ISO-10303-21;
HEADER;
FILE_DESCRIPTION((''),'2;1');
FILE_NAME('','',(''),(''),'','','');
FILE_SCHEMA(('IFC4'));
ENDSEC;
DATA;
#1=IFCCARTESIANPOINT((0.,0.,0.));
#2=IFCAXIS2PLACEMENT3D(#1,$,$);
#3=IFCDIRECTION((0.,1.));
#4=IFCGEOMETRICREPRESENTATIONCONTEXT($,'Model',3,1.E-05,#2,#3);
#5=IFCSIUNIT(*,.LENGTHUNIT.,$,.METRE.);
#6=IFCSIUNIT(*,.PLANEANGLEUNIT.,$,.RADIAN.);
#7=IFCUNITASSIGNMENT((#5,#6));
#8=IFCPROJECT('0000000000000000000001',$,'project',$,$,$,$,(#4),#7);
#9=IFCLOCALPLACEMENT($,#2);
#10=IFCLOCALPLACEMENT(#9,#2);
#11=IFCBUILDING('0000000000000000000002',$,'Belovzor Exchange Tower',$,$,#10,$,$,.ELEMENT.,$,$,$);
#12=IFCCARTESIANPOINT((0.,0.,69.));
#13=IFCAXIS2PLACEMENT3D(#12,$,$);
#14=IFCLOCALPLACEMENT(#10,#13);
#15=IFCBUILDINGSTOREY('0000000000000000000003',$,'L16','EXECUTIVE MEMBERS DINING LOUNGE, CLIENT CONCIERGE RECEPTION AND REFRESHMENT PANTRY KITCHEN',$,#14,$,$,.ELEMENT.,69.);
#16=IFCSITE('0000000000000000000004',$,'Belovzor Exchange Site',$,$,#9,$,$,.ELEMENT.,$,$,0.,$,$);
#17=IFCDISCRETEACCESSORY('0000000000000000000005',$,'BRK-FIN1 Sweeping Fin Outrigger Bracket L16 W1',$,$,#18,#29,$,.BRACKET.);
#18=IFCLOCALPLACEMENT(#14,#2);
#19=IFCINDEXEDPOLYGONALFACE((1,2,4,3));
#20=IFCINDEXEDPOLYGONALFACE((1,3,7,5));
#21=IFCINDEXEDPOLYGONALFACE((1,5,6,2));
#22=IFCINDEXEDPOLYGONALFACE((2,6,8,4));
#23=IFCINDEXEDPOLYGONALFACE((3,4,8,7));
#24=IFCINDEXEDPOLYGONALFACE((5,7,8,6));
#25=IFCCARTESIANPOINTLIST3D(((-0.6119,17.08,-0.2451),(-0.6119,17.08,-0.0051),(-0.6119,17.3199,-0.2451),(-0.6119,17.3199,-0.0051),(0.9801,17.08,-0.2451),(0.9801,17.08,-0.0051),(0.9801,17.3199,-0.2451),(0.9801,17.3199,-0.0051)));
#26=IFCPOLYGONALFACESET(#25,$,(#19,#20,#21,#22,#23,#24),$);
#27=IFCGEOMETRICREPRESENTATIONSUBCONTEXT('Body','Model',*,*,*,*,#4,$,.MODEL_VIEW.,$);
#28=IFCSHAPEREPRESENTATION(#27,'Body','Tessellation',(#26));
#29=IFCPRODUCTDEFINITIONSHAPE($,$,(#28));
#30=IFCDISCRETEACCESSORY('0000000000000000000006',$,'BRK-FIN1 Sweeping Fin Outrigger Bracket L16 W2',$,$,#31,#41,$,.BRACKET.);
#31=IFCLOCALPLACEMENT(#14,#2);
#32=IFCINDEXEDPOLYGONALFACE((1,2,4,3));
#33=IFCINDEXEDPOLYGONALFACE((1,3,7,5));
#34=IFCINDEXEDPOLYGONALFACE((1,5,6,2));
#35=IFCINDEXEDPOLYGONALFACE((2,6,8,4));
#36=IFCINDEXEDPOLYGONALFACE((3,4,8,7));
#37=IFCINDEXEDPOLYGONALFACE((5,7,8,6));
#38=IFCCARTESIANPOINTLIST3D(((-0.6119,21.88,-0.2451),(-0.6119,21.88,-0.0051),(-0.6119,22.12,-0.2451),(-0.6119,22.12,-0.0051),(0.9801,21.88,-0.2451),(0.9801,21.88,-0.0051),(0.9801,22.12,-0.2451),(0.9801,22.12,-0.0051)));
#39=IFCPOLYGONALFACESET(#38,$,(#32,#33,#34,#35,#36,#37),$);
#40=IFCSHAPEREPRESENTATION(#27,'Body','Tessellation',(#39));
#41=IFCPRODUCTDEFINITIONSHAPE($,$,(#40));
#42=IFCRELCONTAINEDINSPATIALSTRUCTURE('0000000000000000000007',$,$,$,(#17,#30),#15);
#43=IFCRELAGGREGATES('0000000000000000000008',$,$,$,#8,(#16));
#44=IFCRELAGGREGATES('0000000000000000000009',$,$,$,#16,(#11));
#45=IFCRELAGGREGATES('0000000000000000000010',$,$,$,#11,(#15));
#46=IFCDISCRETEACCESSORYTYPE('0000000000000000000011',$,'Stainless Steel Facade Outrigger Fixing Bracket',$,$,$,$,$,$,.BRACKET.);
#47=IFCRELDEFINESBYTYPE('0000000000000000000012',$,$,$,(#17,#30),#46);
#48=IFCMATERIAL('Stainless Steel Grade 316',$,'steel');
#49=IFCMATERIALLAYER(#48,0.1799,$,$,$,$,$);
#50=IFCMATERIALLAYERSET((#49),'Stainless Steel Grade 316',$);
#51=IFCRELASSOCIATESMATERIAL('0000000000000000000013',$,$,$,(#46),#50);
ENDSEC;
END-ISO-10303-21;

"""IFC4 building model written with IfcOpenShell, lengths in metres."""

from ifc_helpers import new_model, si_unit, direction, frame, origin, origin_2d, place, context, subcontext, project, spatial, rectangle, extrude, material, layer, layer_set, type_object, element, save


model = new_model("IFC4")

# Units and contexts
model_context = context("Model", 3, precision=1e-05, world=origin(), true_north=direction((0.0, 1.0)))
body_context = subcontext(model_context, "Body", "Model", "MODEL_VIEW")
ifc_project = project(units=[si_unit("LENGTHUNIT", "METRE"), si_unit("PLANEANGLEUNIT", "RADIAN")], contexts=[model_context])

# Site, building, storey
site_placement = place(None, origin())
site = spatial("IfcSite", under=ifc_project, at=site_placement, Name="Belovzor Exchange Site", CompositionType="ELEMENT", RefElevation=0.0)
building_placement = place(site_placement, origin())
building = spatial("IfcBuilding", under=site, at=building_placement, Name="Belovzor Exchange Tower", CompositionType="ELEMENT")
storey_placement = place(building_placement, frame((0.0, 0.0, 69.0)))
storey = spatial("IfcBuildingStorey", under=building, at=storey_placement, Name="L16", Description="EXECUTIVE MEMBERS DINING LOUNGE, CLIENT CONCIERGE RECEPTION AND REFRESHMENT PANTRY KITCHEN", CompositionType="ELEMENT", Elevation=69.0)

# Discrete accessories
ifc_material_1 = material(Name="Stainless Steel Grade 316", Category="steel")
ifc_layer_1 = layer(ifc_material_1, 0.1799)
ifc_layer_set_1 = layer_set([ifc_layer_1], Name="Stainless Steel Grade 316")
discrete_accessory_type = type_object("IfcDiscreteAccessoryType", Name="Stainless Steel Facade Outrigger Fixing Bracket", PredefinedType="BRACKET", material=ifc_layer_set_1)
for number, where, z_axis, x_axis, name in (
    (1, (0.1841, 17.2, -0.2451), (0.0, 0.0, 1.0), (1.0, 0.0, 0.0), "BRK-FIN1 Sweeping Fin Outrigger Bracket L16 W1"),
    (2, (0.1841, 22.0, -0.2451), (0.0, 0.0, 1.0), (1.0, 0.0, 0.0), "BRK-FIN1 Sweeping Fin Outrigger Bracket L16 W2"),
):
    element("IfcDiscreteAccessory", number, at=place(storey_placement, frame(where, z_axis=z_axis, x_axis=x_axis)), inside=storey, type_object=discrete_accessory_type, Name=name, PredefinedType="BRACKET", context=body_context, shape_type="SweptSolid", body=[
        extrude(rectangle(XDim=1.592, YDim=0.24, at=origin_2d()), origin(), (0.0, 0.0, 1.0), 0.24),
    ])

save(model, "model.ifc")
